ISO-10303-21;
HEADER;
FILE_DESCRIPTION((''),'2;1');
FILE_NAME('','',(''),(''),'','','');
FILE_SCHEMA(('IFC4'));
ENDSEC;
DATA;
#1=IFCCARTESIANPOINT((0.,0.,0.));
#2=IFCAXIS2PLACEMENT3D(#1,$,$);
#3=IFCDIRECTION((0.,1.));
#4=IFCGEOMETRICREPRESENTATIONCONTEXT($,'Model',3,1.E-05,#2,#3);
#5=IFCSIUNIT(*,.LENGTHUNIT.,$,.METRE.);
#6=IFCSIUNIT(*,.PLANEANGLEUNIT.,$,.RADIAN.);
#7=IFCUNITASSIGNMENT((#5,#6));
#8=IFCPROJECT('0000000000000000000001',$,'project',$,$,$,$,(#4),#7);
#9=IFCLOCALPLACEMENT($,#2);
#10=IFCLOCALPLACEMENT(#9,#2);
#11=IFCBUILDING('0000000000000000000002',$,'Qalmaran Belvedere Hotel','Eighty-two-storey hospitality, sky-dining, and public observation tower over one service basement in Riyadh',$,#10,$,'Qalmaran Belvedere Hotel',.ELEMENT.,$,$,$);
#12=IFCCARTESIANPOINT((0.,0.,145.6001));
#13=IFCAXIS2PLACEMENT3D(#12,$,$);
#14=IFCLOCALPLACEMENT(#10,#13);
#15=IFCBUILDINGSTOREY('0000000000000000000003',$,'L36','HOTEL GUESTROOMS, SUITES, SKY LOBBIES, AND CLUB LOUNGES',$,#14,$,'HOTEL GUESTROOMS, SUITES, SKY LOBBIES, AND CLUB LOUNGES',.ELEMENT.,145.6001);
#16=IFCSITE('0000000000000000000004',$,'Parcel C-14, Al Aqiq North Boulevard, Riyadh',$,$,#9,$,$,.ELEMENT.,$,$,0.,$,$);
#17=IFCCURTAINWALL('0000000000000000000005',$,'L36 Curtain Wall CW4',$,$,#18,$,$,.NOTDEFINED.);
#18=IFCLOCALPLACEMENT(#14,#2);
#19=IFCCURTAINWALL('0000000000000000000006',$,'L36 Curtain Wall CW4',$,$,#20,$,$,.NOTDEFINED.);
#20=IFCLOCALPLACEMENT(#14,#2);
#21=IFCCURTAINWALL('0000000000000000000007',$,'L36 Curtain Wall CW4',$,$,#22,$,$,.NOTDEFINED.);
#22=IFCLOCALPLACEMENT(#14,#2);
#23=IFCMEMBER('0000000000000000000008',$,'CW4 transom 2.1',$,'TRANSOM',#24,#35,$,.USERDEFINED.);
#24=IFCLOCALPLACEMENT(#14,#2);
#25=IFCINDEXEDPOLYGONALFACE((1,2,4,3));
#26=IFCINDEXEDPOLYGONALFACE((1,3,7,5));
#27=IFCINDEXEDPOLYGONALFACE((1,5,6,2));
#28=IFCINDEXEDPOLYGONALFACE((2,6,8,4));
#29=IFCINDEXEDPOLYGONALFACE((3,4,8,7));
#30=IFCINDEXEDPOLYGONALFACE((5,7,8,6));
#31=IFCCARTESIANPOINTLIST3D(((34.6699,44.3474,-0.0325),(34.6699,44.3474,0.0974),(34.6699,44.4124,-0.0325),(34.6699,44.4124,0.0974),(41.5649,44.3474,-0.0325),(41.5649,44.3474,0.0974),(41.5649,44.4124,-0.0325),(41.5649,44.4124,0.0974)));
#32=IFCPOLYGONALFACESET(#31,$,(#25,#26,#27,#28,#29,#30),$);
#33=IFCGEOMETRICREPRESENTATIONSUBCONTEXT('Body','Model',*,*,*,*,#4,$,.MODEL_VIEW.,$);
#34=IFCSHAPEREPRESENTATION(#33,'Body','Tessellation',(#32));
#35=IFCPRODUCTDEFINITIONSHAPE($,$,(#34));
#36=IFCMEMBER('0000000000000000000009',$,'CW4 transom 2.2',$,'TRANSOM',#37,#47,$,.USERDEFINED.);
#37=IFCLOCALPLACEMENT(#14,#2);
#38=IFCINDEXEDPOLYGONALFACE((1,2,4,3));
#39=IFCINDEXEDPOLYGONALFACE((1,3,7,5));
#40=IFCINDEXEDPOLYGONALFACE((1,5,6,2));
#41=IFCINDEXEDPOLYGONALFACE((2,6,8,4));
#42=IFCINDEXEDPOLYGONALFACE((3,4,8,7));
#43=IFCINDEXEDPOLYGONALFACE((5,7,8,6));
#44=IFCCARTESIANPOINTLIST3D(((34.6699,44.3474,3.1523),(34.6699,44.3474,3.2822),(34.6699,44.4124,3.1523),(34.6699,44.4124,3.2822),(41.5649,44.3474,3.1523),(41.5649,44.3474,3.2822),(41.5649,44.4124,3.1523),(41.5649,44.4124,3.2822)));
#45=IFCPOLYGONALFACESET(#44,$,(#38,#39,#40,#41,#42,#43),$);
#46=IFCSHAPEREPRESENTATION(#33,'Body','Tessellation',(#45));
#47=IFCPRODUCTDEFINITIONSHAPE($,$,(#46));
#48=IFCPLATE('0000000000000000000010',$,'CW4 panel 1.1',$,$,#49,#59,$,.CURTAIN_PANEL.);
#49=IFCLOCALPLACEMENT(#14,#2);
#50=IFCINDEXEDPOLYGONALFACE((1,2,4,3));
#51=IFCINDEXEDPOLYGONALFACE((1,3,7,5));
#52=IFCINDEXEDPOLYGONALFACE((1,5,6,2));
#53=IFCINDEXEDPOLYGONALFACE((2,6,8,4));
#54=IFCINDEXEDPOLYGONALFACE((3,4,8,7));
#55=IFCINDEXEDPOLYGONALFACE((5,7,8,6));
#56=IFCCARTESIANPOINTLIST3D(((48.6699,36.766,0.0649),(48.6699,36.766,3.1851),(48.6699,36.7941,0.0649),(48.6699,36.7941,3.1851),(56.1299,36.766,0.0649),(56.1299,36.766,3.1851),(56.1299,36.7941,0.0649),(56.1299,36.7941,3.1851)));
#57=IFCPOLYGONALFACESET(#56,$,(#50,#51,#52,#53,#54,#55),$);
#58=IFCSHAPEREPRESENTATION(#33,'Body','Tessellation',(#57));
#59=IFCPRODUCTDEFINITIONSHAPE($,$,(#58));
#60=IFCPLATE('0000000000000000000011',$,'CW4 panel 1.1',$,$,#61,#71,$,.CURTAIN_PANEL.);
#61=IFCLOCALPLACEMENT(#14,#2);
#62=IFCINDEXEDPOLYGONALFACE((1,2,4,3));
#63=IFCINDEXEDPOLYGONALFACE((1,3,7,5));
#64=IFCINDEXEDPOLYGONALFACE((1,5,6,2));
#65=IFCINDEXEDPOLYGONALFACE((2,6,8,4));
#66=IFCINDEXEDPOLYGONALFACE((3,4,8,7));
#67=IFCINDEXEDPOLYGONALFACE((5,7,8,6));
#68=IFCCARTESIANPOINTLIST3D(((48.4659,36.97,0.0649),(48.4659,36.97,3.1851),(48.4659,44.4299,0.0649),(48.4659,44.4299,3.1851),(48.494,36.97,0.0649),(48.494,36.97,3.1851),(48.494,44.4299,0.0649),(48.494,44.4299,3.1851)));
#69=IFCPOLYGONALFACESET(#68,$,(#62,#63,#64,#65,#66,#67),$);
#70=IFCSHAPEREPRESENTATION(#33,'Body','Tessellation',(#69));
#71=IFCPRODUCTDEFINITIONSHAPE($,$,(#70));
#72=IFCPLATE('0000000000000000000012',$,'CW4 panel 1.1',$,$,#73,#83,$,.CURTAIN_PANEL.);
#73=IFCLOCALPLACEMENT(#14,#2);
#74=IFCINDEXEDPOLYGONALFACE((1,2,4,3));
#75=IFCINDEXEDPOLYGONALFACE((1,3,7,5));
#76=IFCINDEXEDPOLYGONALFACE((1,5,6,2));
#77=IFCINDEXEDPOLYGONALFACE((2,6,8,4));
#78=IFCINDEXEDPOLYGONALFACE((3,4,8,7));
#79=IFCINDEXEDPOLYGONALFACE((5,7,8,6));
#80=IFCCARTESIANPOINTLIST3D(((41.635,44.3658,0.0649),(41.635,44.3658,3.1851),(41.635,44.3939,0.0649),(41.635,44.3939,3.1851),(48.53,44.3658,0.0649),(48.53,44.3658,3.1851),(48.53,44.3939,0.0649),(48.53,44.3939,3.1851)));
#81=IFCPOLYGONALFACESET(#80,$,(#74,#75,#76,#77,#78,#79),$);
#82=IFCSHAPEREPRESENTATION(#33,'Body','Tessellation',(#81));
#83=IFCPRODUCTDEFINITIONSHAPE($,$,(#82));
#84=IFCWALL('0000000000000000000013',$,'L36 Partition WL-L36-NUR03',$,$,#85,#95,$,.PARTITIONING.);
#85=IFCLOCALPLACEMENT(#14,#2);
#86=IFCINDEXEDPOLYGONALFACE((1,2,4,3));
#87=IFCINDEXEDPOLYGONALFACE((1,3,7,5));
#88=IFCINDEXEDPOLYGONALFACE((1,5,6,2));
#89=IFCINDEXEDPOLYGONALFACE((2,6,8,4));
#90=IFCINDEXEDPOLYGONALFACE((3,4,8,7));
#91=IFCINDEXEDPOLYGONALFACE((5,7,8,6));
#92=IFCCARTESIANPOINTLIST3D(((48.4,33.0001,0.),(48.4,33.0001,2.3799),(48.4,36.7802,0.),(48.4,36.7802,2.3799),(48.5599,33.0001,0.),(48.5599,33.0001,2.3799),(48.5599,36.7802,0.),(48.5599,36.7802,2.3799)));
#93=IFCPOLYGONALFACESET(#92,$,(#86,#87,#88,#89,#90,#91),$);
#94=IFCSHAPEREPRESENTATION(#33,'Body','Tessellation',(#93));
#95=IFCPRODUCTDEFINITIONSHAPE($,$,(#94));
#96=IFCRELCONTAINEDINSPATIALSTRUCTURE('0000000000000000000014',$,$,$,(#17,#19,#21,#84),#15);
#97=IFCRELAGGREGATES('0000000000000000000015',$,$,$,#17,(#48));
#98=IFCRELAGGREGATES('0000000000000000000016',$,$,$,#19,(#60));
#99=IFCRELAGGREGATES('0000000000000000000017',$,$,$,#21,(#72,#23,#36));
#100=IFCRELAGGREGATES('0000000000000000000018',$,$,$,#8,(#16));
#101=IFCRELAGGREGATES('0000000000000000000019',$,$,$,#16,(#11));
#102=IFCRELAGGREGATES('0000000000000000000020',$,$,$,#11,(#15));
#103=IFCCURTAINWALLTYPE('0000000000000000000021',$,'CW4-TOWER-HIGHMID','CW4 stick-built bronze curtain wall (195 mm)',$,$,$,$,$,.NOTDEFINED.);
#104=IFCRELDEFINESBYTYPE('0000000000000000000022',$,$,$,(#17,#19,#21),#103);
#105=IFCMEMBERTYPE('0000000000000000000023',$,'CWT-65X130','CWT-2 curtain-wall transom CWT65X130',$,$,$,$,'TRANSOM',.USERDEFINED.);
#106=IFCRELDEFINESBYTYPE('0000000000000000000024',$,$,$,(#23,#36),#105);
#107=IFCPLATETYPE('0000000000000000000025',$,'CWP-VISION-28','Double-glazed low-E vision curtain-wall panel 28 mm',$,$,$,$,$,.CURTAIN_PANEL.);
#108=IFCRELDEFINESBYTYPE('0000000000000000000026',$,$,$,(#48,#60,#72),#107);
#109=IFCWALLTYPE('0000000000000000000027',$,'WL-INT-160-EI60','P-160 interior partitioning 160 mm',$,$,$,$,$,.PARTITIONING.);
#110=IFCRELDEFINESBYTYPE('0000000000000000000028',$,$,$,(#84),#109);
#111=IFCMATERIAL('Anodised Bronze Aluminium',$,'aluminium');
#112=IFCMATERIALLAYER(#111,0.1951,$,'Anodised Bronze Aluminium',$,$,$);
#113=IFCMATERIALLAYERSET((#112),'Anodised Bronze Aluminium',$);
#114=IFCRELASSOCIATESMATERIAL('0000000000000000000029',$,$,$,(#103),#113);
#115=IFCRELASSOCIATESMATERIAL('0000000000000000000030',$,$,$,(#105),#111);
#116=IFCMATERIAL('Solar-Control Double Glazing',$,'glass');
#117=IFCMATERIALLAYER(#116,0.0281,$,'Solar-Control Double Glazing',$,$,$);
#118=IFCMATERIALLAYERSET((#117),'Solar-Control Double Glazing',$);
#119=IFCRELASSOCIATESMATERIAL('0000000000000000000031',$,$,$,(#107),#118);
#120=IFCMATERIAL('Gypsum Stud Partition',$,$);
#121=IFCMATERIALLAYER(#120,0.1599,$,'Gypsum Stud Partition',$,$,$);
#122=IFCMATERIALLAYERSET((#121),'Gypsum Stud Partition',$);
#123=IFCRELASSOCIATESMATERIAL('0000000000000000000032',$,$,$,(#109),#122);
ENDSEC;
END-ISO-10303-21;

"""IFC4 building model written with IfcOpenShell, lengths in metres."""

from ifc_helpers import new_model, si_unit, direction, frame, frame_2d, origin, origin_2d, place, context, subcontext, project, spatial, rectangle, extrude, material, layer, layer_set, material_profile, profile_set, type_object, element, aggregate, save


model = new_model("IFC4")

# Units and contexts
model_context = context("Model", 3, precision=1e-05, world=origin(), true_north=direction((0.0, 1.0)))
body_context = subcontext(model_context, "Body", "Model", "MODEL_VIEW")
ifc_project = project(units=[si_unit("LENGTHUNIT", "METRE"), si_unit("PLANEANGLEUNIT", "RADIAN")], contexts=[model_context])

# Site, building, storey
site_placement = place(None, origin())
site = spatial("IfcSite", under=ifc_project, at=site_placement, Name="Parcel C-14, Al Aqiq North Boulevard, Riyadh", CompositionType="ELEMENT", RefElevation=0.0)
building_placement = place(site_placement, origin())
building = spatial("IfcBuilding", under=site, at=building_placement, Name="Qalmaran Belvedere Hotel", Description="Eighty-two-storey hospitality, sky-dining, and public observation tower over one service basement in Riyadh", LongName="Qalmaran Belvedere Hotel", CompositionType="ELEMENT")
storey_placement = place(building_placement, frame((0.0, 0.0, 145.6001)))
storey = spatial("IfcBuildingStorey", under=building, at=storey_placement, Name="L36", Description="HOTEL GUESTROOMS, SUITES, SKY LOBBIES, AND CLUB LOUNGES", LongName="HOTEL GUESTROOMS, SUITES, SKY LOBBIES, AND CLUB LOUNGES", CompositionType="ELEMENT", Elevation=145.6001)

# Shared definitions
ifc_material_1 = material(Name="Anodised Bronze Aluminium", Category="aluminium")
ifc_layer_1 = layer(ifc_material_1, 0.1951, Name="Anodised Bronze Aluminium")
ifc_layer_set_1 = layer_set([ifc_layer_1], Name="Anodised Bronze Aluminium")
curtain_wall_type = type_object("IfcCurtainWallType", Name="CW4-TOWER-HIGHMID", Description="CW4 stick-built bronze curtain wall (195 mm)", PredefinedType="NOTDEFINED", material=ifc_layer_set_1)

# Curtain walls
curtain_wall_1_placement = place(storey_placement, origin())
curtain_wall_1 = element("IfcCurtainWall", 1, at=curtain_wall_1_placement, inside=storey, type_object=curtain_wall_type, Name="L36 Curtain Wall CW4", PredefinedType="NOTDEFINED")
curtain_wall_2_placement = place(storey_placement, origin())
curtain_wall_2 = element("IfcCurtainWall", 2, at=curtain_wall_2_placement, inside=storey, type_object=curtain_wall_type, Name="L36 Curtain Wall CW4", PredefinedType="NOTDEFINED")
curtain_wall_3_placement = place(storey_placement, origin())
curtain_wall_3 = element("IfcCurtainWall", 3, at=curtain_wall_3_placement, inside=storey, type_object=curtain_wall_type, Name="L36 Curtain Wall CW4", PredefinedType="NOTDEFINED")

# Members
ifc_material_profile_1 = material_profile(ifc_material_1, rectangle(XDim=0.0649, YDim=0.1299, at=origin_2d()), Name="CWT65X130")
ifc_profile_set_1 = profile_set([ifc_material_profile_1], Name="Anodised Bronze Aluminium")
member_type_1 = type_object("IfcMemberType", Name="CWT-65X130", Description="CWT-2 curtain-wall transom CWT65X130", ElementType="TRANSOM", PredefinedType="USERDEFINED", material=ifc_profile_set_1)
member_1_placement = place(storey_placement, frame((41.5649, 44.3799, 0.0325), z_axis=(-1.0, 0.0, 0.0), x_axis=(0.0, -1.0, 0.0)))
member_1 = element("IfcMember", 4, at=member_1_placement, type_object=member_type_1, Name="CW4 transom 2.1", ObjectType="TRANSOM", PredefinedType="USERDEFINED", context=body_context, shape_type="SweptSolid", body=[
    extrude(rectangle(XDim=0.0649, YDim=0.1299, at=origin_2d()), origin(), (0.0, 0.0, 1.0), 6.895),
])
member_2_placement = place(storey_placement, frame((41.5649, 44.3799, 3.2173), z_axis=(-1.0, 0.0, 0.0), x_axis=(0.0, -1.0, 0.0)))
member_2 = element("IfcMember", 5, at=member_2_placement, type_object=member_type_1, Name="CW4 transom 2.2", ObjectType="TRANSOM", PredefinedType="USERDEFINED", context=body_context, shape_type="SweptSolid", body=[
    extrude(rectangle(XDim=0.0649, YDim=0.1299, at=origin_2d()), origin(), (0.0, 0.0, 1.0), 6.895),
])

# Plates
ifc_material_2 = material(Name="Solar-Control Double Glazing", Category="glass")
ifc_layer_2 = layer(ifc_material_2, 0.0281, Name="Solar-Control Double Glazing")
ifc_layer_set_2 = layer_set([ifc_layer_2], Name="Solar-Control Double Glazing")
plate_type = type_object("IfcPlateType", Name="CWP-VISION-28", Description="Double-glazed low-E vision curtain-wall panel 28 mm", PredefinedType="CURTAIN_PANEL", material=ifc_layer_set_2)
plate_1_placement = place(storey_placement, frame((52.3999, 36.78, 0.0649), z_axis=(0.0, 0.0, 1.0), x_axis=(-1.0, 0.0, 0.0)))
plate_1 = element("IfcPlate", 6, at=plate_1_placement, type_object=plate_type, Name="CW4 panel 1.1", PredefinedType="CURTAIN_PANEL", context=body_context, shape_type="SweptSolid", body=[
    extrude(rectangle(XDim=7.46, YDim=0.0281, at=origin_2d()), origin(), (0.0, 0.0, 1.0), 3.1201),
])
aggregate(curtain_wall_1, [plate_1])
plate_2_placement = place(storey_placement, frame((48.48, 40.7, 0.0649), z_axis=(0.0, 0.0, 1.0), x_axis=(0.0, 1.0, 0.0)))
plate_2 = element("IfcPlate", 7, at=plate_2_placement, type_object=plate_type, Name="CW4 panel 1.1", PredefinedType="CURTAIN_PANEL", context=body_context, shape_type="SweptSolid", body=[
    extrude(rectangle(XDim=7.46, YDim=0.0281, at=origin_2d()), origin(), (0.0, 0.0, 1.0), 3.1201),
])
aggregate(curtain_wall_2, [plate_2])
plate_3_placement = place(storey_placement, frame((45.0825, 44.3799, 0.0649), z_axis=(0.0, 0.0, 1.0), x_axis=(-1.0, 0.0, 0.0)))
plate_3 = element("IfcPlate", 8, at=plate_3_placement, type_object=plate_type, Name="CW4 panel 1.1", PredefinedType="CURTAIN_PANEL", context=body_context, shape_type="SweptSolid", body=[
    extrude(rectangle(XDim=6.895, YDim=0.0281, at=origin_2d()), origin(), (0.0, 0.0, 1.0), 3.1201),
])
aggregate(curtain_wall_3, [plate_3, member_1, member_2])

# Wall
ifc_material_3 = material(Name="Gypsum Stud Partition")
ifc_layer_3 = layer(ifc_material_3, 0.1599, Name="Gypsum Stud Partition")
ifc_layer_set_3 = layer_set([ifc_layer_3], Name="Gypsum Stud Partition")
wall_type = type_object("IfcWallType", Name="WL-INT-160-EI60", Description="P-160 interior partitioning 160 mm", PredefinedType="PARTITIONING", material=ifc_layer_set_3)
wall_placement = place(storey_placement, frame((48.48, 33.0, 0.0), z_axis=(0.0, 0.0, 1.0), x_axis=(0.0, 1.0, 0.0)))
element("IfcWall", 9, at=wall_placement, inside=storey, type_object=wall_type, Name="L36 Partition WL-L36-NUR03", PredefinedType="PARTITIONING", context=body_context, shape_type="SweptSolid", body=[
    extrude(rectangle(XDim=3.78, YDim=0.1599, at=frame_2d((1.8901, 0.0))), origin(), (0.0, 0.0, 1.0), 2.3799),
])

save(model, "model.ifc")
